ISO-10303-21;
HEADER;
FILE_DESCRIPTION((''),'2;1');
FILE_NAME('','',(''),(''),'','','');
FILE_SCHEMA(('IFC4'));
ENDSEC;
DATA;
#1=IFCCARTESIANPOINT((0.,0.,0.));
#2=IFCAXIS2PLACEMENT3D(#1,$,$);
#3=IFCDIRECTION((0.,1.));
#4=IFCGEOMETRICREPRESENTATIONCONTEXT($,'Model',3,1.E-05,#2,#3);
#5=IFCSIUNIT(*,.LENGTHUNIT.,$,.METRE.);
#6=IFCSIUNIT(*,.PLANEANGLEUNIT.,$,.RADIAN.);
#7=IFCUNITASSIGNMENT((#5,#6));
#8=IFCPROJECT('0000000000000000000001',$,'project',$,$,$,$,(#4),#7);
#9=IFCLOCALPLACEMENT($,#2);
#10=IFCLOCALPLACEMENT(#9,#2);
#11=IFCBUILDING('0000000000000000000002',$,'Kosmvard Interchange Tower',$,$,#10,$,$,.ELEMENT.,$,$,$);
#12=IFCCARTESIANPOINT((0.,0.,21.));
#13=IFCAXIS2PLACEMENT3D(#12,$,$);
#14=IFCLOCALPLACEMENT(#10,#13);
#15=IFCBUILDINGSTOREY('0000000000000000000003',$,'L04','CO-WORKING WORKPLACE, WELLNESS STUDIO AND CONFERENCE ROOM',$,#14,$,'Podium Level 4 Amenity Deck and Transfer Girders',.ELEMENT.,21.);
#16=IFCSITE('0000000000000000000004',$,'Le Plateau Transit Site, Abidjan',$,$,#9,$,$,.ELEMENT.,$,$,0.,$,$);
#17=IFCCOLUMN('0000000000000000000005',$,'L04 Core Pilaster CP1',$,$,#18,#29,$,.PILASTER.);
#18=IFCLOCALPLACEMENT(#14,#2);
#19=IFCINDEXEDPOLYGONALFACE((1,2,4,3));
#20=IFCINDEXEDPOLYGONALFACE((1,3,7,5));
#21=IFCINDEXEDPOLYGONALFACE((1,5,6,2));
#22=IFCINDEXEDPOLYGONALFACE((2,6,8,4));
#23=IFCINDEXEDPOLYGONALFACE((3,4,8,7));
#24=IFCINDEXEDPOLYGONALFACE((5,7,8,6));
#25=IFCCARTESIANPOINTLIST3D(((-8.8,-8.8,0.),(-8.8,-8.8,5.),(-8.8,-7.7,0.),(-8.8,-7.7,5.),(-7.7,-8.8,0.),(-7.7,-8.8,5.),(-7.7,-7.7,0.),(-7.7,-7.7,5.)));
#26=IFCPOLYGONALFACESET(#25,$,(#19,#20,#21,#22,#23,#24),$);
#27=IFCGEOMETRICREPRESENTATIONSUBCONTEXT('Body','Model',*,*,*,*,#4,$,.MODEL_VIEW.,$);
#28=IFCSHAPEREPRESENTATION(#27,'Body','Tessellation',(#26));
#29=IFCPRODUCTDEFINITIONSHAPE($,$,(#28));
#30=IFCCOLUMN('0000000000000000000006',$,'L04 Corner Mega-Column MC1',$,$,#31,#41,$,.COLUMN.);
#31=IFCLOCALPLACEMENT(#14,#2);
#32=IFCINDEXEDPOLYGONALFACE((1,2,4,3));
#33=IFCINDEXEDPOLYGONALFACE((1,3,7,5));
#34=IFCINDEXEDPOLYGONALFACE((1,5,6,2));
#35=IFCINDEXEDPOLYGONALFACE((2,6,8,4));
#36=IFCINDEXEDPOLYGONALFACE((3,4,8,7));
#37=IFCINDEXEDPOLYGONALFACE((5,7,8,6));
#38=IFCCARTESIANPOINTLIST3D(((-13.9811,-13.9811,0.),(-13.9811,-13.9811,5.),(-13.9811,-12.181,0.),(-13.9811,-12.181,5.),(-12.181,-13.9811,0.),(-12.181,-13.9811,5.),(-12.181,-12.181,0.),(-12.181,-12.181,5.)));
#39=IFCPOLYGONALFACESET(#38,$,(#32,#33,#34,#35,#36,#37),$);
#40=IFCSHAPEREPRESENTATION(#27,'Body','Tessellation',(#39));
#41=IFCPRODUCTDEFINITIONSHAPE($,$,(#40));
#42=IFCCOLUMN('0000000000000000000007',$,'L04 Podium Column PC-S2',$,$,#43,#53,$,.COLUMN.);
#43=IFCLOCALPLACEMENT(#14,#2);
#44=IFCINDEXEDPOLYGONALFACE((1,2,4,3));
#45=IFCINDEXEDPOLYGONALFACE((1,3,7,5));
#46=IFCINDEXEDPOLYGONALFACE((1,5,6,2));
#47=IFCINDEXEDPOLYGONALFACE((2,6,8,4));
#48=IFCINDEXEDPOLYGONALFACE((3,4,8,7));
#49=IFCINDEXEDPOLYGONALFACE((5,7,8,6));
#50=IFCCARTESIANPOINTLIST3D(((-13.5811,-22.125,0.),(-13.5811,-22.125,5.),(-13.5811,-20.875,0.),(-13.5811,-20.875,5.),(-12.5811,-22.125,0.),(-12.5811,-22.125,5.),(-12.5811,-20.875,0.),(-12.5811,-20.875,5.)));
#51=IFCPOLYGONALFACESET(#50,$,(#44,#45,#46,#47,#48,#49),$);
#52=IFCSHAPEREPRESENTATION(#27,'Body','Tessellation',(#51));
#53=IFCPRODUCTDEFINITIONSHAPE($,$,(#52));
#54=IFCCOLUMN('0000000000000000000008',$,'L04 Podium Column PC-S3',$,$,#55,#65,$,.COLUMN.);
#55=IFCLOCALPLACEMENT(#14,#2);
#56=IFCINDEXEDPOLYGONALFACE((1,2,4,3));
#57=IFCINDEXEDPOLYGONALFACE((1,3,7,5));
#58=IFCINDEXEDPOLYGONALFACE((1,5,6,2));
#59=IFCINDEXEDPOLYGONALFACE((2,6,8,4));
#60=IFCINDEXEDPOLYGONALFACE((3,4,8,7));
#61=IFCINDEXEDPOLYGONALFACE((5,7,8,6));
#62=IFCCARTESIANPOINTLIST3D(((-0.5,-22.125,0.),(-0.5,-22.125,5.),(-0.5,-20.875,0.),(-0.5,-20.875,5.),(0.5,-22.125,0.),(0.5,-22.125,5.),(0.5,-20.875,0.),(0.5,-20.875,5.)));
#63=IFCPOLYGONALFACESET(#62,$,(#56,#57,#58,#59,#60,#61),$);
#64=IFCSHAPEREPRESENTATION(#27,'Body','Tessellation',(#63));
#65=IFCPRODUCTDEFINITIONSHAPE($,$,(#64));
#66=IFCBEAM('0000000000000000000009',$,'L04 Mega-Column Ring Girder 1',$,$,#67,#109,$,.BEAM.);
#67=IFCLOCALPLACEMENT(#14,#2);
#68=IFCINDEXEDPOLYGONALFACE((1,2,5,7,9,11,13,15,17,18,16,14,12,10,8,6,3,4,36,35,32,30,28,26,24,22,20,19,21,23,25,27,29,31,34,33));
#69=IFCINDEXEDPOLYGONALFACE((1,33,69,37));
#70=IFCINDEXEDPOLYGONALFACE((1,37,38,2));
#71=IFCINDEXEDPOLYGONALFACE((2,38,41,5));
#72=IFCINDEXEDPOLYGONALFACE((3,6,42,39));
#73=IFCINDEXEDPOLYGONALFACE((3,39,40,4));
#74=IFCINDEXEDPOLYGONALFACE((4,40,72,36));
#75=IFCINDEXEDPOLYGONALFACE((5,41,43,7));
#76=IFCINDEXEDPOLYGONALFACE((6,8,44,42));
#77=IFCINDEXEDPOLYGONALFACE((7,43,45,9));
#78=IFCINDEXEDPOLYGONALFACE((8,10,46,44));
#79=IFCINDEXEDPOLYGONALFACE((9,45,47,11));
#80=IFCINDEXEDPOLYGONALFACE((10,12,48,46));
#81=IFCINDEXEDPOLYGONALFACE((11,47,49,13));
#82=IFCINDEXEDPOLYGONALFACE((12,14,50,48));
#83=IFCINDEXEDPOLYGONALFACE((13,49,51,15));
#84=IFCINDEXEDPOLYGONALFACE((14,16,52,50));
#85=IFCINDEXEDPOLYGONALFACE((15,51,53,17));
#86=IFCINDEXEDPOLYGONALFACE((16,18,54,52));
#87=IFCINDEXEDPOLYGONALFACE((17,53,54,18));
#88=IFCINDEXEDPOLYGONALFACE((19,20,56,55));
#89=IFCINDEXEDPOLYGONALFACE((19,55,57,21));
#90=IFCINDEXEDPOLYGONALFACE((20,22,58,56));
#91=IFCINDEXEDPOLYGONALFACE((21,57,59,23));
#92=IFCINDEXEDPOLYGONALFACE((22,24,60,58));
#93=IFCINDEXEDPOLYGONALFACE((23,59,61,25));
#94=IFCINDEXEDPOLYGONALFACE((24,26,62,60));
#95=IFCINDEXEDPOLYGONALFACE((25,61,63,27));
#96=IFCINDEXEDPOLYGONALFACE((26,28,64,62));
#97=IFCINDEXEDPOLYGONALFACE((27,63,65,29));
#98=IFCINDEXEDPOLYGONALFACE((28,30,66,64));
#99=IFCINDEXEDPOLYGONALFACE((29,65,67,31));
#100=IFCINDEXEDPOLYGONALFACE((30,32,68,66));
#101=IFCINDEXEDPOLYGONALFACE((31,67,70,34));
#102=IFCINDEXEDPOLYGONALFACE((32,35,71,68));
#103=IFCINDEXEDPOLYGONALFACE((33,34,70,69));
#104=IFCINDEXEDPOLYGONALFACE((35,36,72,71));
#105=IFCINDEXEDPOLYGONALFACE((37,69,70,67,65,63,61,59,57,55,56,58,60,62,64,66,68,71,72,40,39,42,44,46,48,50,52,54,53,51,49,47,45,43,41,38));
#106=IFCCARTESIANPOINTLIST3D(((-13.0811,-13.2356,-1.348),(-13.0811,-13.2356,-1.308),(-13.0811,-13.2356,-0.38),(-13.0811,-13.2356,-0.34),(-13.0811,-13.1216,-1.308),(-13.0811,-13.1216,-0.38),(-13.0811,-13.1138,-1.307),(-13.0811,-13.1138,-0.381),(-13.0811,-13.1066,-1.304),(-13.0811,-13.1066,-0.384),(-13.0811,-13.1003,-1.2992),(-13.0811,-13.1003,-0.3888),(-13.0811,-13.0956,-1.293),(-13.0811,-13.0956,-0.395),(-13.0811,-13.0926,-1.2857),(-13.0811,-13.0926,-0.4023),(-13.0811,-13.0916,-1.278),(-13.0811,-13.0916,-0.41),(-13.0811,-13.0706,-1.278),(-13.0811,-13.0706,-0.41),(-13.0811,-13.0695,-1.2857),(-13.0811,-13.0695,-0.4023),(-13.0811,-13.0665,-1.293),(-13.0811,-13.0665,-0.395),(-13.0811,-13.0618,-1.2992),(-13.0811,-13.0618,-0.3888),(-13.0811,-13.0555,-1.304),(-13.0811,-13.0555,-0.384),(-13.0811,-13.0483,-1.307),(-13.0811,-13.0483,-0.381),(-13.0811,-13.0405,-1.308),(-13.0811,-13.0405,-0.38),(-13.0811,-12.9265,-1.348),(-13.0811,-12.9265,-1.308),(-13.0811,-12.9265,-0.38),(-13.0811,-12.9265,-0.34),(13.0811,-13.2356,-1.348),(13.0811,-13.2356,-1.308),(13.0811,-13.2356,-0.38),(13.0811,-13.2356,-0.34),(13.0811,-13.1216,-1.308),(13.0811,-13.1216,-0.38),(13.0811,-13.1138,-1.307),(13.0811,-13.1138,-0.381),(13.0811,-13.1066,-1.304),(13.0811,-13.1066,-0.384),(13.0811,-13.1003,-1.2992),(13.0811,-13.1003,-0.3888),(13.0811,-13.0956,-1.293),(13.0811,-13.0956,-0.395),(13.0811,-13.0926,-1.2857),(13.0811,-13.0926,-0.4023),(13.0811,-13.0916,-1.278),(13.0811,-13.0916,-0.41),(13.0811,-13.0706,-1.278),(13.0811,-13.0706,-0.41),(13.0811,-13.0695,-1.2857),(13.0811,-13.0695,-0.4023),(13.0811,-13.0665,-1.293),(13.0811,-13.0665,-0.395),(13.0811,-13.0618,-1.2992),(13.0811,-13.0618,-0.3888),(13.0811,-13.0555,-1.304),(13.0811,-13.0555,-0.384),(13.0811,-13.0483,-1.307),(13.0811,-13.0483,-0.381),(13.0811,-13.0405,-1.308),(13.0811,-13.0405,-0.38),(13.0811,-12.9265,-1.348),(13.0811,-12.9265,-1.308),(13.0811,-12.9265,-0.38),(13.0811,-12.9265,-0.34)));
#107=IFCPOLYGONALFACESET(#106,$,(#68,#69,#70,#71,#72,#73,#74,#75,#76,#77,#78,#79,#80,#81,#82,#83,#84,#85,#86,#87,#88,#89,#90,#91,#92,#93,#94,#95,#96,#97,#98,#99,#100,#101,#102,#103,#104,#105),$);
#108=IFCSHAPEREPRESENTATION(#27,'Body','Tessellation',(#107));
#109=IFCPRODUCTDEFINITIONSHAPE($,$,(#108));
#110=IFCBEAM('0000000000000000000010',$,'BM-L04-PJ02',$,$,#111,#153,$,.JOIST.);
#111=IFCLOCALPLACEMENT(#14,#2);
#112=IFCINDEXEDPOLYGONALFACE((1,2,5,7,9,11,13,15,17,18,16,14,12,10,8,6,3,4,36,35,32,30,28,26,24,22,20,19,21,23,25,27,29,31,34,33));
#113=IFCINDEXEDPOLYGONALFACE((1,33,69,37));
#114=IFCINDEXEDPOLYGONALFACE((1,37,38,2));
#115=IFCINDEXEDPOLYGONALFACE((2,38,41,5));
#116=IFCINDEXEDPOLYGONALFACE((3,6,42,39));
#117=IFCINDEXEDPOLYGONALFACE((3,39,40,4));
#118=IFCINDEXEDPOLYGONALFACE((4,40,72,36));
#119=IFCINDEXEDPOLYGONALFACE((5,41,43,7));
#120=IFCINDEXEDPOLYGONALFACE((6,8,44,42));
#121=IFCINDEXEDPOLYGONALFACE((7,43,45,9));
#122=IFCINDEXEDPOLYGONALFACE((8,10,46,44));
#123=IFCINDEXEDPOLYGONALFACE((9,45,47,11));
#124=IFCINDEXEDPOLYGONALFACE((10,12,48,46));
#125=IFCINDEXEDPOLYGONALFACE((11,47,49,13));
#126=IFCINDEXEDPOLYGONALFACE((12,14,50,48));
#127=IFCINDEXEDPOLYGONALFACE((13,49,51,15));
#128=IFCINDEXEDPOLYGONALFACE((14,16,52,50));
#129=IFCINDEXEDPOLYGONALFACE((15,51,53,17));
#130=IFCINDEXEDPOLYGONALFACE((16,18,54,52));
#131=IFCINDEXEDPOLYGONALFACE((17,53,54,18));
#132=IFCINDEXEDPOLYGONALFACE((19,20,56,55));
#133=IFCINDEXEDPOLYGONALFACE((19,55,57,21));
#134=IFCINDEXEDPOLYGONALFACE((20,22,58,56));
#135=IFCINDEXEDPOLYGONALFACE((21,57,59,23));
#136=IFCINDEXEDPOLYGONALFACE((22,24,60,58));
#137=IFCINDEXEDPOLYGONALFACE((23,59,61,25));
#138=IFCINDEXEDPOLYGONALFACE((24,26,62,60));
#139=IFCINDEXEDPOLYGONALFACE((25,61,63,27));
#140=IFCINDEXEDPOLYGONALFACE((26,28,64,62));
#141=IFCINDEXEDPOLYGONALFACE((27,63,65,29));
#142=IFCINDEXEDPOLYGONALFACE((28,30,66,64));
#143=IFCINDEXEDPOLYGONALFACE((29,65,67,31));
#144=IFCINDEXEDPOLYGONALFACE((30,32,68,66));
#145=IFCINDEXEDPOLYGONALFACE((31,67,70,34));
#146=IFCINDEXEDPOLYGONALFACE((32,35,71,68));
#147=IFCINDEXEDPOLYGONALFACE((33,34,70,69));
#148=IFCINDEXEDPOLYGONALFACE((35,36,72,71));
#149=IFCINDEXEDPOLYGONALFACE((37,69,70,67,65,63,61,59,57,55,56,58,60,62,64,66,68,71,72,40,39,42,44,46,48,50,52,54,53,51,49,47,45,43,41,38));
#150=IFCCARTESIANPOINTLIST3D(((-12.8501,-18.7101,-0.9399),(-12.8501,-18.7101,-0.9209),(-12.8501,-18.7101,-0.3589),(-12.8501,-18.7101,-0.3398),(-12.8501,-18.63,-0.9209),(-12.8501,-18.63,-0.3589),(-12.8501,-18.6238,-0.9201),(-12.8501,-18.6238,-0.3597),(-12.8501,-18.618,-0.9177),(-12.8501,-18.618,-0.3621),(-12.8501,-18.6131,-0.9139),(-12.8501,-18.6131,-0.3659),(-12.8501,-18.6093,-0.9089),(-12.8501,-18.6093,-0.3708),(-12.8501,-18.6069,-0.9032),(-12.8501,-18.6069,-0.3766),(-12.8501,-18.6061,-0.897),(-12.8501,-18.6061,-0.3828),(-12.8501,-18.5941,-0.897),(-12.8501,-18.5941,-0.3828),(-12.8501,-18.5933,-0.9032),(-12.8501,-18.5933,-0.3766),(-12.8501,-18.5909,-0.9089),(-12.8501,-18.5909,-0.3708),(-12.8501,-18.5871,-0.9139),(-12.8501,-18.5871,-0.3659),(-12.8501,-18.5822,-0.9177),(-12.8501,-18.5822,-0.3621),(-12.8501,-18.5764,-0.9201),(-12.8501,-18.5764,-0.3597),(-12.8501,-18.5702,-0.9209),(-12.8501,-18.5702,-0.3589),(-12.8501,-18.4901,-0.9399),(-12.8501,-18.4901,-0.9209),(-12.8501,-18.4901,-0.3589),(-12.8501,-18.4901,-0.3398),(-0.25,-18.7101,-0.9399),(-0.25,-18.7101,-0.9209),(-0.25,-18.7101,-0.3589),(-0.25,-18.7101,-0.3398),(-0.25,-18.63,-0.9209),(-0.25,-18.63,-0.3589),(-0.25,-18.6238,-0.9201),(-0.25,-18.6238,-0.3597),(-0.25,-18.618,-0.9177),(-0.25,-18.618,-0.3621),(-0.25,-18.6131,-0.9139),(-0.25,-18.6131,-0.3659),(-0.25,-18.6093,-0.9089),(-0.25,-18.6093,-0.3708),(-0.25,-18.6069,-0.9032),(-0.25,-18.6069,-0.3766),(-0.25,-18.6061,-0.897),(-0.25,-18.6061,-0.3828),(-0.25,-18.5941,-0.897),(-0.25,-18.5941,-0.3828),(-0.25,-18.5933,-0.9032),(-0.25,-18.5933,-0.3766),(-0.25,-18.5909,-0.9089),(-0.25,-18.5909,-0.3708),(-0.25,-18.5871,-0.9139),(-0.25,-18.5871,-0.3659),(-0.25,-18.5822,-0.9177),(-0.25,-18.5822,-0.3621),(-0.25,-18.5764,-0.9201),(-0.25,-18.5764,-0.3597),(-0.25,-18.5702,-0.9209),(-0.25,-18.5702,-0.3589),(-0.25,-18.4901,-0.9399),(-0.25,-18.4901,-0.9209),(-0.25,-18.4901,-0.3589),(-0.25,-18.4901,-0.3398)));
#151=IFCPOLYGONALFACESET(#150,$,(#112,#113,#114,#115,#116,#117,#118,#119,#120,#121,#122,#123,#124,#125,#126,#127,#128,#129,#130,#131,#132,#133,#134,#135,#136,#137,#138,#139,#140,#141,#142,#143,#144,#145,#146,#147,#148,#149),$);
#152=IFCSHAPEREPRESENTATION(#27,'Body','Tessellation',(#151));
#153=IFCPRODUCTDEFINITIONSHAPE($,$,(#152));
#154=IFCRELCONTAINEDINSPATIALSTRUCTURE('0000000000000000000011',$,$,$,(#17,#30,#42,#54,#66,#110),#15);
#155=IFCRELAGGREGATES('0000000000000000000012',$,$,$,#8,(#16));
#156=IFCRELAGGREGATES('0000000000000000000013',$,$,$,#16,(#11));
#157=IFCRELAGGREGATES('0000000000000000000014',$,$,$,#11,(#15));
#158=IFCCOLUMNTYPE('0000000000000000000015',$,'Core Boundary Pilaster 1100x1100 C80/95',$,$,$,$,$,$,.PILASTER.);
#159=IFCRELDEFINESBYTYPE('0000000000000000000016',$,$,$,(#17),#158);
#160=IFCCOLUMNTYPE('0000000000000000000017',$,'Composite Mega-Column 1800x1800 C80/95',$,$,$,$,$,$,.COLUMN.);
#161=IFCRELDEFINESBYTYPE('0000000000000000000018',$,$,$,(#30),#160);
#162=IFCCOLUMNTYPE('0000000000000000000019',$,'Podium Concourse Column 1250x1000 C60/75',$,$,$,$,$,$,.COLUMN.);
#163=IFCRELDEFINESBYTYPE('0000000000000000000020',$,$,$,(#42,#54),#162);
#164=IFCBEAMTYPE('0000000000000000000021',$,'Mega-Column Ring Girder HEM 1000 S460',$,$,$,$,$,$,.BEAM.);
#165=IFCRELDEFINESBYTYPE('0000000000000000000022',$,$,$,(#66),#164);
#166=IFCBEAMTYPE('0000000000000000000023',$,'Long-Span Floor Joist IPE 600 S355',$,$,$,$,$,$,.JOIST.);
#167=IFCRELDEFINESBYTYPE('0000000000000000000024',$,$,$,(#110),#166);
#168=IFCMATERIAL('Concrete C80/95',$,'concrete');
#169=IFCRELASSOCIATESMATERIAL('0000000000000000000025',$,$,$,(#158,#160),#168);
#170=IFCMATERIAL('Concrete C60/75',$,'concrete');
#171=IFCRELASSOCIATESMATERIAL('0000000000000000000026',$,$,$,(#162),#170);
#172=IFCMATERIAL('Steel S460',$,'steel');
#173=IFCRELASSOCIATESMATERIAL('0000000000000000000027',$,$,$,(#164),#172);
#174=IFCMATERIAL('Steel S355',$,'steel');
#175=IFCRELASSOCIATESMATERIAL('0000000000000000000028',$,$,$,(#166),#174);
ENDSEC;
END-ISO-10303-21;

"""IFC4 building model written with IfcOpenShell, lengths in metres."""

from ifc_helpers import new_model, si_unit, direction, frame, origin, origin_2d, place, context, subcontext, project, spatial, rectangle, i_section, extrude, source, transform, mapped, material, material_profile, profile_set, type_object, element, save


model = new_model("IFC4")

# Units and contexts
model_context = context("Model", 3, precision=1e-05, world=origin(), true_north=direction((0.0, 1.0)))
body_context = subcontext(model_context, "Body", "Model", "MODEL_VIEW")
ifc_project = project(units=[si_unit("LENGTHUNIT", "METRE"), si_unit("PLANEANGLEUNIT", "RADIAN")], contexts=[model_context])

# Site, building, storey
site_placement = place(None, origin())
site = spatial("IfcSite", under=ifc_project, at=site_placement, Name="Le Plateau Transit Site, Abidjan", CompositionType="ELEMENT", RefElevation=0.0)
building_placement = place(site_placement, origin())
building = spatial("IfcBuilding", under=site, at=building_placement, Name="Kosmvard Interchange Tower", CompositionType="ELEMENT")
storey_placement = place(building_placement, frame((0.0, 0.0, 21.0)))
storey = spatial("IfcBuildingStorey", under=building, at=storey_placement, Name="L04", Description="CO-WORKING WORKPLACE, WELLNESS STUDIO AND CONFERENCE ROOM", LongName="Podium Level 4 Amenity Deck and Transfer Girders", CompositionType="ELEMENT", Elevation=21.0)

# Columns
ifc_material_1 = material(Name="Concrete C80/95", Category="concrete")
ifc_material_profile_1 = material_profile(ifc_material_1, rectangle(XDim=1.1001, YDim=1.1001, at=origin_2d()), Name="CP 1100x1100")
ifc_profile_set_1 = profile_set([ifc_material_profile_1], Name="Concrete C80/95")
column_type_1 = type_object("IfcColumnType", Name="Core Boundary Pilaster 1100x1100 C80/95", PredefinedType="PILASTER", material=ifc_profile_set_1)
shared_shape_1 = source(origin(), body_context, "Body", "SweptSolid", [
    extrude(rectangle(XDim=1.1001, YDim=1.1001, at=origin_2d()), origin(), (0.0, 0.0, 1.0), 5.0),
])
column_1_placement = place(storey_placement, frame((-8.25, -8.25, 0.0), z_axis=(0.0, 0.0, 1.0), x_axis=(1.0, 0.0, 0.0)))
element("IfcColumn", 1, at=column_1_placement, inside=storey, type_object=column_type_1, Name="L04 Core Pilaster CP1", PredefinedType="PILASTER", context=body_context, shape_type="MappedRepresentation", body=[
    mapped(shared_shape_1, transform((0.0, 0.0, 0.0), scale=1.0)),
])
ifc_material_profile_2 = material_profile(ifc_material_1, rectangle(XDim=1.8, YDim=1.8, at=origin_2d()), Name="MC 1800x1800")
ifc_profile_set_2 = profile_set([ifc_material_profile_2], Name="Concrete C80/95")
column_type_2 = type_object("IfcColumnType", Name="Composite Mega-Column 1800x1800 C80/95", PredefinedType="COLUMN", material=ifc_profile_set_2)
shared_shape_2 = source(origin(), body_context, "Body", "SweptSolid", [
    extrude(rectangle(XDim=1.8, YDim=1.8, at=origin_2d()), origin(), (0.0, 0.0, 1.0), 5.0),
])
column_2_placement = place(storey_placement, frame((-13.0811, -13.0811, 0.0), z_axis=(0.0, 0.0, 1.0), x_axis=(1.0, 0.0, 0.0)))
element("IfcColumn", 2, at=column_2_placement, inside=storey, type_object=column_type_2, Name="L04 Corner Mega-Column MC1", PredefinedType="COLUMN", context=body_context, shape_type="MappedRepresentation", body=[
    mapped(shared_shape_2, transform((0.0, 0.0, 0.0), scale=1.0)),
])
ifc_material_2 = material(Name="Concrete C60/75", Category="concrete")
ifc_material_profile_3 = material_profile(ifc_material_2, rectangle(XDim=1.0, YDim=1.25, at=origin_2d()), Name="PC 1250x1000")
ifc_profile_set_3 = profile_set([ifc_material_profile_3], Name="Concrete C60/75")
column_type_3 = type_object("IfcColumnType", Name="Podium Concourse Column 1250x1000 C60/75", PredefinedType="COLUMN", material=ifc_profile_set_3)
shared_shape_3 = source(origin(), body_context, "Body", "SweptSolid", [
    extrude(rectangle(XDim=1.0, YDim=1.25, at=origin_2d()), origin(), (0.0, 0.0, 1.0), 5.0),
])
for number, where, z_axis, x_axis, name in (
    (3, (-13.0811, -21.5, 0.0), (0.0, 0.0, 1.0), (1.0, 0.0, 0.0), "L04 Podium Column PC-S2"),
    (4, (0.0, -21.5, 0.0), (0.0, 0.0, 1.0), (1.0, 0.0, 0.0), "L04 Podium Column PC-S3"),
):
    element("IfcColumn", number, at=place(storey_placement, frame(where, z_axis=z_axis, x_axis=x_axis)), inside=storey, type_object=column_type_3, Name=name, PredefinedType="COLUMN", context=body_context, shape_type="MappedRepresentation", body=[
        mapped(shared_shape_3, transform((0.0, 0.0, 0.0), scale=1.0)),
    ])

# Beams
ifc_material_3 = material(Name="Steel S460", Category="steel")
ifc_material_profile_4 = material_profile(ifc_material_3, i_section(OverallWidth=0.3091, OverallDepth=1.0081, WebThickness=0.021, FlangeThickness=0.04, FilletRadius=0.03, at=origin_2d()), Name="HEM 1000")
ifc_profile_set_4 = profile_set([ifc_material_profile_4], Name="Steel S460")
beam_type_1 = type_object("IfcBeamType", Name="Mega-Column Ring Girder HEM 1000 S460", PredefinedType="BEAM", material=ifc_profile_set_4)
shared_shape_4 = source(origin(), body_context, "Body", "SweptSolid", [
    extrude(i_section(OverallWidth=0.3091, OverallDepth=1.0081, WebThickness=0.021, FlangeThickness=0.04, FilletRadius=0.03, at=origin_2d()), origin(), (0.0, 0.0, 1.0), 26.1621),
])
beam_1_placement = place(storey_placement, frame((-13.0811, -13.0811, -0.844), z_axis=(1.0, 0.0, 0.0), x_axis=(0.0, 1.0, 0.0)))
element("IfcBeam", 5, at=beam_1_placement, inside=storey, type_object=beam_type_1, Name="L04 Mega-Column Ring Girder 1", PredefinedType="BEAM", context=body_context, shape_type="MappedRepresentation", body=[
    mapped(shared_shape_4, transform((0.0, 0.0, 0.0), scale=1.0)),
])
ifc_material_4 = material(Name="Steel S355", Category="steel")
ifc_material_profile_5 = material_profile(ifc_material_4, i_section(OverallWidth=0.22, OverallDepth=0.6001, WebThickness=0.012, FlangeThickness=0.019, FilletRadius=0.0239, at=origin_2d()), Name="IPE 600")
ifc_profile_set_5 = profile_set([ifc_material_profile_5], Name="Steel S355")
beam_type_2 = type_object("IfcBeamType", Name="Long-Span Floor Joist IPE 600 S355", PredefinedType="JOIST", material=ifc_profile_set_5)
shared_shape_5 = source(origin(), body_context, "Body", "SweptSolid", [
    extrude(i_section(OverallWidth=0.22, OverallDepth=0.6001, WebThickness=0.012, FlangeThickness=0.019, FilletRadius=0.0239, at=origin_2d()), origin(), (0.0, 0.0, 1.0), 12.6001),
])
for number, where, z_axis, x_axis, name in (
    (6, (-12.8501, -18.6001, -0.6399), (1.0, 0.0, 0.0), (0.0, 1.0, 0.0), "BM-L04-PJ02"),
):
    element("IfcBeam", number, at=place(storey_placement, frame(where, z_axis=z_axis, x_axis=x_axis)), inside=storey, type_object=beam_type_2, Name=name, PredefinedType="JOIST", context=body_context, shape_type="MappedRepresentation", body=[
        mapped(shared_shape_5, transform((0.0, 0.0, 0.0), scale=1.0)),
    ])

save(model, "model.ifc")
